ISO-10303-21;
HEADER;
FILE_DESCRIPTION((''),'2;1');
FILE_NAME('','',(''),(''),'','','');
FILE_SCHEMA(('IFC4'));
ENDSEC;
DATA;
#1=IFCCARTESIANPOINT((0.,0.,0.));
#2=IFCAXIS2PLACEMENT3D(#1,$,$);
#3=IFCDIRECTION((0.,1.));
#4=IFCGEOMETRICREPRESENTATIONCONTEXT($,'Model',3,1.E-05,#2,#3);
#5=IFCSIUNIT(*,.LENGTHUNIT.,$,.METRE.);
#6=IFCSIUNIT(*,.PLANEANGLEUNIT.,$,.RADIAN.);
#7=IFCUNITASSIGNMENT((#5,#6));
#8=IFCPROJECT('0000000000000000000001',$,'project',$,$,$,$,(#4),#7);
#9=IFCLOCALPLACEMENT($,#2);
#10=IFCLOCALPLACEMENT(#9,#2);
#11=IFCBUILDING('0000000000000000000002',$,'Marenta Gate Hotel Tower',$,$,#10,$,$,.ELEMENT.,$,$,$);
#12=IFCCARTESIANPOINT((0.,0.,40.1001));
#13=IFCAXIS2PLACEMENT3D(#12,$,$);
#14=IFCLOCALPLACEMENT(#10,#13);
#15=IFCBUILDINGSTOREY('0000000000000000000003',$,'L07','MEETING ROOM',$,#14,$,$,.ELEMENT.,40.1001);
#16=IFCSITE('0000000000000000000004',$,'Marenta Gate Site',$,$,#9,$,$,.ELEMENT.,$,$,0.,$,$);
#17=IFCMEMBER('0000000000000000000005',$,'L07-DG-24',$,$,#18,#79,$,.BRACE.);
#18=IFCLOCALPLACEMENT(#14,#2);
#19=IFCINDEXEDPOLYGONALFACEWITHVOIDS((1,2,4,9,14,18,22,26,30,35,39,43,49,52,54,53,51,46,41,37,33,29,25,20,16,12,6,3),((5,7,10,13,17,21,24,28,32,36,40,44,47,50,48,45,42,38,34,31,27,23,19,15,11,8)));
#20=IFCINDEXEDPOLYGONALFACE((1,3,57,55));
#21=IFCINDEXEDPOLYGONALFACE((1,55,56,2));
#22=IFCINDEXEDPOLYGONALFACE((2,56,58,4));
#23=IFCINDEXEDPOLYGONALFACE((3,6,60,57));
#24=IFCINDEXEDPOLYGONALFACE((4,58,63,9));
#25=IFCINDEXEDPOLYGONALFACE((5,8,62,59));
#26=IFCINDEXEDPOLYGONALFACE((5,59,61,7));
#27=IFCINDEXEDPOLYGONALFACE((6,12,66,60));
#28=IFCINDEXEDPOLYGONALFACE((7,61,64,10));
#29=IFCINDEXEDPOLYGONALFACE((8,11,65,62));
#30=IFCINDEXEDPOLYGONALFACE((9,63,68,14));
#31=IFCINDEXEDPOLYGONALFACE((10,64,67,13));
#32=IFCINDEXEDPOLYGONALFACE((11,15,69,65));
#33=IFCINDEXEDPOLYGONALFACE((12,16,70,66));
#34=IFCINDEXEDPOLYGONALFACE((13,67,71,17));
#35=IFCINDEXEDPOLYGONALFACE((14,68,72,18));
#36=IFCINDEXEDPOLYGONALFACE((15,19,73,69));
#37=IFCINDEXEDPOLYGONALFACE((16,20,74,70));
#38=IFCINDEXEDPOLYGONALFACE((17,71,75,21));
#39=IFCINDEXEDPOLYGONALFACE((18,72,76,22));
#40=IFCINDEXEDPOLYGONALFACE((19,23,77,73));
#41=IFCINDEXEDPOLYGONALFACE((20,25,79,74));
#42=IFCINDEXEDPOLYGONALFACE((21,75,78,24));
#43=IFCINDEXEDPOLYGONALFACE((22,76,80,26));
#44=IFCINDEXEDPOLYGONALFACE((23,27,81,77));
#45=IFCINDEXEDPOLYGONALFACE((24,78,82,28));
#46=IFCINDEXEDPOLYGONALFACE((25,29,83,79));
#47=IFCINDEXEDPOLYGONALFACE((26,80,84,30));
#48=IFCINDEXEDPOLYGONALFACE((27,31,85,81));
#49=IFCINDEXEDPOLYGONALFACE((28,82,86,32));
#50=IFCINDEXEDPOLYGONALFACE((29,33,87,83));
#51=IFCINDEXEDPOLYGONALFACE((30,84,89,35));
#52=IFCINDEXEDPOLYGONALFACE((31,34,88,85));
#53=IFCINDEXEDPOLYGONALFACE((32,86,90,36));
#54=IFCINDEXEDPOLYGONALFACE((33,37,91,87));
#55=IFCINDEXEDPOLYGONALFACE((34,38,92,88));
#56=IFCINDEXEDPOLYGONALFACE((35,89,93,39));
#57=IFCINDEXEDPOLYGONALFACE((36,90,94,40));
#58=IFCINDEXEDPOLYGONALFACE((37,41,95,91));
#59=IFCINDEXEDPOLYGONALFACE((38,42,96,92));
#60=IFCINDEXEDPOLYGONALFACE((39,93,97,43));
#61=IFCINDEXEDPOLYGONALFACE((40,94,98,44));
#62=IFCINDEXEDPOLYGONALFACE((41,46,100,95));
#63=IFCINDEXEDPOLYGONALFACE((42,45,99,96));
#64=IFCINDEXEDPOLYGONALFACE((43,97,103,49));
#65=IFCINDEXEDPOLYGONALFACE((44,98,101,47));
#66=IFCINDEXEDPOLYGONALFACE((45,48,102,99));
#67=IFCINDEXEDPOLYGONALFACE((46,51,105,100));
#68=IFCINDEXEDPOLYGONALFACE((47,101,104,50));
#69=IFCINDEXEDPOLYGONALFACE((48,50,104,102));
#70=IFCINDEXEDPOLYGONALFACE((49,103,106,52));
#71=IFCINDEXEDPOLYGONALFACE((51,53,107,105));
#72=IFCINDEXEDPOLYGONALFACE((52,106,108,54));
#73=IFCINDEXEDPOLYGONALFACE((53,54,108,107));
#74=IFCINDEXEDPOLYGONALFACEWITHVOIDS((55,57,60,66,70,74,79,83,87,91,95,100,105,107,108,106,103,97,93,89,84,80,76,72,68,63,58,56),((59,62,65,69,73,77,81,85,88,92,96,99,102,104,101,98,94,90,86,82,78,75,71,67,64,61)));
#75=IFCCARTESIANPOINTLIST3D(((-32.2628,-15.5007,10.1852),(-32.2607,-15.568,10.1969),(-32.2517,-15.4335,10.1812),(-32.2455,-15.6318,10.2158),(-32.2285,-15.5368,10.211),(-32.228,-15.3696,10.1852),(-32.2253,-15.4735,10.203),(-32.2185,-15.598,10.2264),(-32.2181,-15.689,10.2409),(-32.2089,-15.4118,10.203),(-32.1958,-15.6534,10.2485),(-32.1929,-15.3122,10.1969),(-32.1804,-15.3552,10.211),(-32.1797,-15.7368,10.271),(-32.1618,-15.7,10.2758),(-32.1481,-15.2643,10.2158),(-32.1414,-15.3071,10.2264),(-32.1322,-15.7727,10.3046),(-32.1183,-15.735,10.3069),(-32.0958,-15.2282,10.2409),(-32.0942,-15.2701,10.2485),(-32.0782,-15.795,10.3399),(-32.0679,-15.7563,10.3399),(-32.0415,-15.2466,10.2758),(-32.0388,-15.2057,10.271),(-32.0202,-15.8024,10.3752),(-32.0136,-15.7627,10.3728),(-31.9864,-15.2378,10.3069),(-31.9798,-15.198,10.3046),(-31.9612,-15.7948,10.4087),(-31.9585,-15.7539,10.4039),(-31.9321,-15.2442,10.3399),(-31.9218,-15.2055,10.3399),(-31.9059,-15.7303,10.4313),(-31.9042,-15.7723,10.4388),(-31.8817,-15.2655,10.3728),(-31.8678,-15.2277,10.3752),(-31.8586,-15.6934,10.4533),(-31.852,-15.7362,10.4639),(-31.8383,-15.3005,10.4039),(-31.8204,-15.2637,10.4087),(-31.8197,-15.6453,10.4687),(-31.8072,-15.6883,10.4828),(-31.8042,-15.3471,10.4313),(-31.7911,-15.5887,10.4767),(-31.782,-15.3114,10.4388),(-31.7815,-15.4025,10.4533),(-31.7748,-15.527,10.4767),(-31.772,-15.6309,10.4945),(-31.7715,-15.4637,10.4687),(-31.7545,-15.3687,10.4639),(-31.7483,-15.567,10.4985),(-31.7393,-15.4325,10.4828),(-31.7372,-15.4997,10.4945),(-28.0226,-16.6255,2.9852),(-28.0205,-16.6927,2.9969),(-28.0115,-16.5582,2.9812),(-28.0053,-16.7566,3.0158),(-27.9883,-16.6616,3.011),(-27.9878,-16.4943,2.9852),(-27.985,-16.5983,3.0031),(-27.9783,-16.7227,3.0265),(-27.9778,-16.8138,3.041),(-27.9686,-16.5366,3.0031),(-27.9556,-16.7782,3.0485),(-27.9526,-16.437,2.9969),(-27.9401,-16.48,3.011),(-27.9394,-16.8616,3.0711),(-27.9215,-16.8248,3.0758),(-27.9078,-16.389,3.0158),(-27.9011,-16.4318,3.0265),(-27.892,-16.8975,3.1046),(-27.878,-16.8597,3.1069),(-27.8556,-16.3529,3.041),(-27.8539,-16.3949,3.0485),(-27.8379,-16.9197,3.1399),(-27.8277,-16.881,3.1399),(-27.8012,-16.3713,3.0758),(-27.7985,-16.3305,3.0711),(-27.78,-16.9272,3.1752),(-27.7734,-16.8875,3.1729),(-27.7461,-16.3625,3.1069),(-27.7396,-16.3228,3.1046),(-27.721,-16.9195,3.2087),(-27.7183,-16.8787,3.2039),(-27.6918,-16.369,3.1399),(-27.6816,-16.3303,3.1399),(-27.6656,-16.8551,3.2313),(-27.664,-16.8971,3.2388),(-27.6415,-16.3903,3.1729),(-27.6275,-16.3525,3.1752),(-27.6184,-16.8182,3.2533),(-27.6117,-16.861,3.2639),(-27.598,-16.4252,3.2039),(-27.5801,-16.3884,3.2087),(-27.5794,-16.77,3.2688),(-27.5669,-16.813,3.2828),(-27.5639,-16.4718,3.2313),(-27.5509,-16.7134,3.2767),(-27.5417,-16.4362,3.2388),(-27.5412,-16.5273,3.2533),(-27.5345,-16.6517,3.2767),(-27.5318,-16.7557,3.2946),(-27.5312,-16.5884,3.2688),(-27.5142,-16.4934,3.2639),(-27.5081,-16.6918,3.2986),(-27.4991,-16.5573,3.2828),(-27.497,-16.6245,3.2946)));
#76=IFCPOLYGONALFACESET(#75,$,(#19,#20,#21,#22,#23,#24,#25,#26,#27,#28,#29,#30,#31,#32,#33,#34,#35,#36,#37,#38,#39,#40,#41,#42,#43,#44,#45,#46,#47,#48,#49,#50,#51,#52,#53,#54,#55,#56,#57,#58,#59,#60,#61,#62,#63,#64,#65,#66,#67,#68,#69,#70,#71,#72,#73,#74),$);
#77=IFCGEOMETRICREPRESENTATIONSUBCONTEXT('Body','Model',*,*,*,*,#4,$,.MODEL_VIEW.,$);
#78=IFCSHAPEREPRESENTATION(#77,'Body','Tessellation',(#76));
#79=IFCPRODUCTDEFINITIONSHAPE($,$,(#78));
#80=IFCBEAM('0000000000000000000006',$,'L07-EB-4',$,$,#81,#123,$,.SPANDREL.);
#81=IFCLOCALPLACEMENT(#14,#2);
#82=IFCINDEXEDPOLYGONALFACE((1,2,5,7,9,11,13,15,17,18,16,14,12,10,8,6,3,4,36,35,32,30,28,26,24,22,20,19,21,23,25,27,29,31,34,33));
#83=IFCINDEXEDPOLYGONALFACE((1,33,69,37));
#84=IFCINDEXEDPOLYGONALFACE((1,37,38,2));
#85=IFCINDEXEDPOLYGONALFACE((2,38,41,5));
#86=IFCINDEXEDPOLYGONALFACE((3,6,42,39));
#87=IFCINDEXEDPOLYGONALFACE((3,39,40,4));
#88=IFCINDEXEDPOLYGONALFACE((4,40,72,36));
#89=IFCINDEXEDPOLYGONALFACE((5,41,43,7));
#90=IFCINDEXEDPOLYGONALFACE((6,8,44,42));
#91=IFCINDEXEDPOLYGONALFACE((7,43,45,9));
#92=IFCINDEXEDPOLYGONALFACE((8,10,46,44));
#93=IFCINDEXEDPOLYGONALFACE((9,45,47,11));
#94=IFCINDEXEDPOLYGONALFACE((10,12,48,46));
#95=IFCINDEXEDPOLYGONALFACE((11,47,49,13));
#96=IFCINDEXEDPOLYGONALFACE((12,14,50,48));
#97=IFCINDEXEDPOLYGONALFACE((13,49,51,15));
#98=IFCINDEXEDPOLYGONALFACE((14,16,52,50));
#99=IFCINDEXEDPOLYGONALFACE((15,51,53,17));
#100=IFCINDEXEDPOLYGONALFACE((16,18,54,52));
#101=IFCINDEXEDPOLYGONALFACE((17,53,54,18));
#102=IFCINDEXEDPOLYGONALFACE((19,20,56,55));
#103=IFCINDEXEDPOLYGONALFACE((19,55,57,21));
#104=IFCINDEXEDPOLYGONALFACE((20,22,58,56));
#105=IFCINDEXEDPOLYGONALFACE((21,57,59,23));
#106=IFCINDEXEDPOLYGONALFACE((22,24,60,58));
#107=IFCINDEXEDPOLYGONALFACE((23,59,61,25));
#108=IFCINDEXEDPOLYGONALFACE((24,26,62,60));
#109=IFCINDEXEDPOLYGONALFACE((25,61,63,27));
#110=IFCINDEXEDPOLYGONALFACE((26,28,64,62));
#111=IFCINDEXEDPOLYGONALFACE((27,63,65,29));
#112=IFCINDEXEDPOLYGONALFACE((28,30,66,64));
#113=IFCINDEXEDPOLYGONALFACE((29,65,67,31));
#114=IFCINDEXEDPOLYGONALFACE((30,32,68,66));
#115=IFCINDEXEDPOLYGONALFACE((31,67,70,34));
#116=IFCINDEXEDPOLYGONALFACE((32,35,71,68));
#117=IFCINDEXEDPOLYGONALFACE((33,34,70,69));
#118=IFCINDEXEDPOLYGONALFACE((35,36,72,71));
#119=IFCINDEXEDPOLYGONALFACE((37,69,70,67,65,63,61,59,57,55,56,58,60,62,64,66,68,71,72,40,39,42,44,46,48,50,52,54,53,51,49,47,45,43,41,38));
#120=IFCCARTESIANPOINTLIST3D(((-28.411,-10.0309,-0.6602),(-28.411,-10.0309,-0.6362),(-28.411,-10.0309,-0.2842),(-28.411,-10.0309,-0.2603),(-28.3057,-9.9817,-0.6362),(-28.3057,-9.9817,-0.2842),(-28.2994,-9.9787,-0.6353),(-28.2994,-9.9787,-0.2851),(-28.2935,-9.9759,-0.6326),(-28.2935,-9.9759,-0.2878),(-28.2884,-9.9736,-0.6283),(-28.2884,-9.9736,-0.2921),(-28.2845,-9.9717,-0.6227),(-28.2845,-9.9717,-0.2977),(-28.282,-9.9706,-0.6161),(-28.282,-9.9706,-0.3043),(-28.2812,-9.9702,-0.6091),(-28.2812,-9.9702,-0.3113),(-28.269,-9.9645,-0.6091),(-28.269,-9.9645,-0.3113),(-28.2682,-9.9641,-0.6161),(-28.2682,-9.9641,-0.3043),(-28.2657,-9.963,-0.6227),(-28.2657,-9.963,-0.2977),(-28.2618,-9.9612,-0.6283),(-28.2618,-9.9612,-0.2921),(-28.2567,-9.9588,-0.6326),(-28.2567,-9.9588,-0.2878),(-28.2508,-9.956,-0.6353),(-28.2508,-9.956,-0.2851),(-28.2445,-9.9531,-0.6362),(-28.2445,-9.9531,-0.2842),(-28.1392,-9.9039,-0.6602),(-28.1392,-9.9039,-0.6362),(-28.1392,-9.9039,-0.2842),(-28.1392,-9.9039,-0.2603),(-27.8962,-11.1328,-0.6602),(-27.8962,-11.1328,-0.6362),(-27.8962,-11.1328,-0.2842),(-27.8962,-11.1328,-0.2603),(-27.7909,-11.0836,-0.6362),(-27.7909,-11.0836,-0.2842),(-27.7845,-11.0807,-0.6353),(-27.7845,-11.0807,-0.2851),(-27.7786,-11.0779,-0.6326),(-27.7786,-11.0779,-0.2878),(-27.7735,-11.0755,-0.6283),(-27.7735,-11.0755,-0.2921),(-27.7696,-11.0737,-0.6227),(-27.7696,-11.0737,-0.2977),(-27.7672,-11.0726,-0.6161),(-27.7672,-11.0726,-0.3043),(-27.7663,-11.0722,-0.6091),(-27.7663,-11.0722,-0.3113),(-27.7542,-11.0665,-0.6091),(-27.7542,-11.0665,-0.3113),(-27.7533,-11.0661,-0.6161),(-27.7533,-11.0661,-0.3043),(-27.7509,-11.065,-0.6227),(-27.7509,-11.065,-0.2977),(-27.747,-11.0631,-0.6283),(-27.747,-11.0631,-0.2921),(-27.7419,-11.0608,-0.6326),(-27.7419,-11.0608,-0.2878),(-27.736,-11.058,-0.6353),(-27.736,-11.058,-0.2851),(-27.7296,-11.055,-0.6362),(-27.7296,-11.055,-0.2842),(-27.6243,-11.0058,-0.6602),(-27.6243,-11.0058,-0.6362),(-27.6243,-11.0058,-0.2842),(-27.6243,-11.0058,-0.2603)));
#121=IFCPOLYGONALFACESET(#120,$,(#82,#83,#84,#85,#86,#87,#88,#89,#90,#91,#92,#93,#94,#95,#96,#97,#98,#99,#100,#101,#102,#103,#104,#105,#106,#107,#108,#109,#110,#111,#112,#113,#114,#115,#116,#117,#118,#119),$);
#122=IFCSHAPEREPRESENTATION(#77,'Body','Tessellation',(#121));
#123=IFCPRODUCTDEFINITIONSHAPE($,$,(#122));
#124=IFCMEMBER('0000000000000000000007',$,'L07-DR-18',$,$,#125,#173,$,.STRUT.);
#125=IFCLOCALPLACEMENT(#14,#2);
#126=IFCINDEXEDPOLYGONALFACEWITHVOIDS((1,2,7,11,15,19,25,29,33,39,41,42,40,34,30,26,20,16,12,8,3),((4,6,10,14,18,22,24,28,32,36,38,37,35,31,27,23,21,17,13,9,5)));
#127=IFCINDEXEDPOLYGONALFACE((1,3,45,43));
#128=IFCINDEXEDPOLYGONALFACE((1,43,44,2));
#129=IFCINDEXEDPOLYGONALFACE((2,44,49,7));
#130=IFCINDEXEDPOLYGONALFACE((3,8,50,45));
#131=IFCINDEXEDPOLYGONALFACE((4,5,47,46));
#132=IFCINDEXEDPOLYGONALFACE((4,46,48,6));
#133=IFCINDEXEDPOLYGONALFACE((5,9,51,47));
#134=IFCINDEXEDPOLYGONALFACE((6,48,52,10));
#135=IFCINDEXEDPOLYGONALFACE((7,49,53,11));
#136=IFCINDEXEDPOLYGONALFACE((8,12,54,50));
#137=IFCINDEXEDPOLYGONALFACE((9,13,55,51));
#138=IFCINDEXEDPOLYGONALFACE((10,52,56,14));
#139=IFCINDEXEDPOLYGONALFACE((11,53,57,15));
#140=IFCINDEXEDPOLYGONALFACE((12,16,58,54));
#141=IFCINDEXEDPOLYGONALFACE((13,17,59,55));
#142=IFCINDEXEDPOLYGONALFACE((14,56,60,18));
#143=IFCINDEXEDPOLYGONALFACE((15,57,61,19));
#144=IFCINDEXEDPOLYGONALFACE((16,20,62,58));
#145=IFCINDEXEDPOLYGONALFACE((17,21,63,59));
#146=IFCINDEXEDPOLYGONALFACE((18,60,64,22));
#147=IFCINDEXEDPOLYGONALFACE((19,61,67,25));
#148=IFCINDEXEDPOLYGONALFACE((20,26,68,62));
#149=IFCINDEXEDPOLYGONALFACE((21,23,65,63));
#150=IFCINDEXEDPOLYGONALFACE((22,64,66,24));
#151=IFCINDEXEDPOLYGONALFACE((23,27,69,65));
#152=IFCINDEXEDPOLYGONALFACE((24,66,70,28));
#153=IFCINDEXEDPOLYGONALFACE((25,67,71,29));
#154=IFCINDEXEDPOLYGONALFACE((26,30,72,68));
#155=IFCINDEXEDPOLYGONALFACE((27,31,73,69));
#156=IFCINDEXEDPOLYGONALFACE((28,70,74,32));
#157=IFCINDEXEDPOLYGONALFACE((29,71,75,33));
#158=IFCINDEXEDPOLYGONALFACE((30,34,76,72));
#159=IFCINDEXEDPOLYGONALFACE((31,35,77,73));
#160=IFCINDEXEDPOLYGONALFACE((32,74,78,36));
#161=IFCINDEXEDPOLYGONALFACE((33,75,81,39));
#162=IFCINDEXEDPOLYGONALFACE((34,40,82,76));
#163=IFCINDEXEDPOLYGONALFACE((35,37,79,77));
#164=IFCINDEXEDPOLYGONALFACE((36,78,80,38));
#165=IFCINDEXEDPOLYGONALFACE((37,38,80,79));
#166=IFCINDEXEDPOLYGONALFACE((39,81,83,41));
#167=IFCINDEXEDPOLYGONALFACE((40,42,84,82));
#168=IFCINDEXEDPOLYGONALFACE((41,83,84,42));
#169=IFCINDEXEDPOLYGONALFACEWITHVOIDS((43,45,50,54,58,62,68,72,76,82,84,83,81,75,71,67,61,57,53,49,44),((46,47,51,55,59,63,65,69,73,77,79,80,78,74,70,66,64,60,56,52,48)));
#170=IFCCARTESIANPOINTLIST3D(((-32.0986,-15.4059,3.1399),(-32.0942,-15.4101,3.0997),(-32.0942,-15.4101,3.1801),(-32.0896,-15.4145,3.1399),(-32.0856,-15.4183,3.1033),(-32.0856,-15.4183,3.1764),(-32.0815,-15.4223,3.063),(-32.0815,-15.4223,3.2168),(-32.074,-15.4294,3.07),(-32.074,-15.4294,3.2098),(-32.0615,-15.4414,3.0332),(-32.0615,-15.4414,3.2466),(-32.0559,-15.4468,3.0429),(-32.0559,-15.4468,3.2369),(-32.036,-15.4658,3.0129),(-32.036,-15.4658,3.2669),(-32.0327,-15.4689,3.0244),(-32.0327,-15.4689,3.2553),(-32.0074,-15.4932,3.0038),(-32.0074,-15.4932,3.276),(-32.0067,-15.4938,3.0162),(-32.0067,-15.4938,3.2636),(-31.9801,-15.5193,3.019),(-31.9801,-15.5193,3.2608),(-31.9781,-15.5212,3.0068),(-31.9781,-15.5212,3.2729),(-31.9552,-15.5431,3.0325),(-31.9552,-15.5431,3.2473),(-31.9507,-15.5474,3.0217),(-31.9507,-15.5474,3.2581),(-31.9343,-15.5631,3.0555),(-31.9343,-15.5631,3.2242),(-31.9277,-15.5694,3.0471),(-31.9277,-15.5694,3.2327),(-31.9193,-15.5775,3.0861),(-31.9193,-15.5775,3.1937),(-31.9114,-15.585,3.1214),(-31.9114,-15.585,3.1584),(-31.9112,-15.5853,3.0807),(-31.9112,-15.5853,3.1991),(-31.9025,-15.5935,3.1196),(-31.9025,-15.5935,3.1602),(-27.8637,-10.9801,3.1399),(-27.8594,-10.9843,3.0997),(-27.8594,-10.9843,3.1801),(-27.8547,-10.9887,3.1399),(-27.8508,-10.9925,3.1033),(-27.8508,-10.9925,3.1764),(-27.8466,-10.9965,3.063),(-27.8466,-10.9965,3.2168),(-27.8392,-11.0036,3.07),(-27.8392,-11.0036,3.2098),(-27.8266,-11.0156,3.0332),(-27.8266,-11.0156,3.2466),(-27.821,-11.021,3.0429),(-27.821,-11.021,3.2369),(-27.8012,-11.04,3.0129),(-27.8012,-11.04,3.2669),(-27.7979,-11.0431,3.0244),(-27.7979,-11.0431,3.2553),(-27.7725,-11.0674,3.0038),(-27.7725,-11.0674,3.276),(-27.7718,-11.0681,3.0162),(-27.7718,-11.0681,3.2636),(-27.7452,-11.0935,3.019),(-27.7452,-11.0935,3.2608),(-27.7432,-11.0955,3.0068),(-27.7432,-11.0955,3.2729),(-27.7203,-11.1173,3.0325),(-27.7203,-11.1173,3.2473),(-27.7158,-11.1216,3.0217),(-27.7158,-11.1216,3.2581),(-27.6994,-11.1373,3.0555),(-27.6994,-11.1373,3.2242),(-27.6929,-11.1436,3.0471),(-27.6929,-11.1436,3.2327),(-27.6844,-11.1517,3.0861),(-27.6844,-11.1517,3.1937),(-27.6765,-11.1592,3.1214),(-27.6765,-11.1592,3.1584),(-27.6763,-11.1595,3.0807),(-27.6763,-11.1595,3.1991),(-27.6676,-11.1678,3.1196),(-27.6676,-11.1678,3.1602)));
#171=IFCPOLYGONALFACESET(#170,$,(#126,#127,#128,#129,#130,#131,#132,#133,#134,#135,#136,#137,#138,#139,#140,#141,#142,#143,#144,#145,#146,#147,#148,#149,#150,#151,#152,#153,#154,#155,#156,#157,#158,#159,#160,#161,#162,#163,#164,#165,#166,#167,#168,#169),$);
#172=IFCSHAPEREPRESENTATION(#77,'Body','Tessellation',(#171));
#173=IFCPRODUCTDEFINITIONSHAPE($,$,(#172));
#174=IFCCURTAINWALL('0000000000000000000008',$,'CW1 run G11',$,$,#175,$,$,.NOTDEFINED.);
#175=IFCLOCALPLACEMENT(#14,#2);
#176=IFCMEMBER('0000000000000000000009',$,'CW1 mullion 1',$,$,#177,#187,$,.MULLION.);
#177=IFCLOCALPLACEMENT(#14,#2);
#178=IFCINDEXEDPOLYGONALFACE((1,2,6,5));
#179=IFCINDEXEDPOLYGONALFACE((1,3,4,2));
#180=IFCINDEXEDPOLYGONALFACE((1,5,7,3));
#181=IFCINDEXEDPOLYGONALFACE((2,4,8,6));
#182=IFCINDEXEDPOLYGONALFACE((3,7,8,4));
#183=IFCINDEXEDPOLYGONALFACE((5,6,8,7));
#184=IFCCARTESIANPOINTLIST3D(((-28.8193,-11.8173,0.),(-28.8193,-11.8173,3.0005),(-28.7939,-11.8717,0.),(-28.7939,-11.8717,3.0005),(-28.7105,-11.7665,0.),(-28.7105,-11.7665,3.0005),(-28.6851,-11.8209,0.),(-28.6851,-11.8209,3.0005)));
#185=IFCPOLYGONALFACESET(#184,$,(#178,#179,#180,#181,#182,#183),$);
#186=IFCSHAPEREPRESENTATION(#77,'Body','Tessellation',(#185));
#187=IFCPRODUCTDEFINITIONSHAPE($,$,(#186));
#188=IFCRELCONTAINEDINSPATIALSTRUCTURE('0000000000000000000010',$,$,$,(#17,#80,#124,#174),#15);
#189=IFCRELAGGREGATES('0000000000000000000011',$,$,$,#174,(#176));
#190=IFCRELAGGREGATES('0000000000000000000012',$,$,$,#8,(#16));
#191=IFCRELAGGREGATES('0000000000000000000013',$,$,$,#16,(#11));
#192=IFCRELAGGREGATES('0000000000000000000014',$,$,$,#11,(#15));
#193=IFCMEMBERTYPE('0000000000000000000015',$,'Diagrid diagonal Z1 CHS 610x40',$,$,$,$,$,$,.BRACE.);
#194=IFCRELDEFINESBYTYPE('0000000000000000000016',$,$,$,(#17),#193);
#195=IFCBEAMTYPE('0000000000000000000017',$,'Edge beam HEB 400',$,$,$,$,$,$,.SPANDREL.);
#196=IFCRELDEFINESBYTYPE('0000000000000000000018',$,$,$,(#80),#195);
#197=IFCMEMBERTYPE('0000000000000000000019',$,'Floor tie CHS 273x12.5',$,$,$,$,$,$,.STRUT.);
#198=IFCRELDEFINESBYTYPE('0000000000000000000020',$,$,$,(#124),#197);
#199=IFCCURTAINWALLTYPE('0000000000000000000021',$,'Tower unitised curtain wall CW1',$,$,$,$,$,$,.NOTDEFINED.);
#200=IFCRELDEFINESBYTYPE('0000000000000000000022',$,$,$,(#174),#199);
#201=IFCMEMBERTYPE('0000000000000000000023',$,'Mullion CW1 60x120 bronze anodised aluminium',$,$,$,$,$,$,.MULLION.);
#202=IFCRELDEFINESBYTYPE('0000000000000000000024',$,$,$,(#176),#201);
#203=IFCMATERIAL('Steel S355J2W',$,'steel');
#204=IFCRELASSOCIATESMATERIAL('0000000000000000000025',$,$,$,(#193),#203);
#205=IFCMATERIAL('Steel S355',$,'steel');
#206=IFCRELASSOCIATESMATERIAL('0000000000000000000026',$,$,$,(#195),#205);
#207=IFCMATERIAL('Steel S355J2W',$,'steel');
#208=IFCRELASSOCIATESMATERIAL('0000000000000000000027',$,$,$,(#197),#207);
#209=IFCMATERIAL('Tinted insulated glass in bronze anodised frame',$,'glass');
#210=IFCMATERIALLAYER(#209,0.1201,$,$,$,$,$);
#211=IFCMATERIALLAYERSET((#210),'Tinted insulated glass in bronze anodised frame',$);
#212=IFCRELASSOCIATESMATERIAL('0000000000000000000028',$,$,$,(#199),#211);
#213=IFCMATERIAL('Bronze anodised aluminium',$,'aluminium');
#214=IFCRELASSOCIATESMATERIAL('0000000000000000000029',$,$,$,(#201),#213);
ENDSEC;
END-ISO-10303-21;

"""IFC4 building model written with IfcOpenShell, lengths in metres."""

from ifc_helpers import new_model, si_unit, direction, frame, origin, origin_2d, place, context, subcontext, project, spatial, rectangle, hollow_circle, i_section, extrude, material, layer, layer_set, material_profile, profile_set, type_object, element, aggregate, save


model = new_model("IFC4")

# Units and contexts
model_context = context("Model", 3, precision=1e-05, world=origin(), true_north=direction((0.0, 1.0)))
body_context = subcontext(model_context, "Body", "Model", "MODEL_VIEW")
ifc_project = project(units=[si_unit("LENGTHUNIT", "METRE"), si_unit("PLANEANGLEUNIT", "RADIAN")], contexts=[model_context])

# Site, building, storey
site_placement = place(None, origin())
site = spatial("IfcSite", under=ifc_project, at=site_placement, Name="Marenta Gate Site", CompositionType="ELEMENT", RefElevation=0.0)
building_placement = place(site_placement, origin())
building = spatial("IfcBuilding", under=site, at=building_placement, Name="Marenta Gate Hotel Tower", CompositionType="ELEMENT")
storey_placement = place(building_placement, frame((0.0, 0.0, 40.1001)))
storey = spatial("IfcBuildingStorey", under=building, at=storey_placement, Name="L07", Description="MEETING ROOM", CompositionType="ELEMENT", Elevation=40.1001)

# Member
ifc_material_1 = material(Name="Steel S355J2W", Category="steel")
ifc_material_profile_1 = material_profile(ifc_material_1, hollow_circle(Radius=0.3049, WallThickness=0.04, at=origin_2d()), Name="CHS 610x40")
ifc_profile_set_1 = profile_set([ifc_material_profile_1], Name="Steel S355J2W")
member_type_1 = type_object("IfcMemberType", Name="Diagrid diagonal Z1 CHS 610x40", PredefinedType="BRACE", material=ifc_profile_set_1)
for number, where, z_axis, x_axis, name in (
    (1, (-27.7598, -16.625, 3.1399), (-0.502926, 0.133405, 0.853972), (-0.256391, -0.966573, 0.0), "L07-DG-24"),
):
    element("IfcMember", number, at=place(storey_placement, frame(where, z_axis=z_axis, x_axis=x_axis)), inside=storey, type_object=member_type_1, Name=name, PredefinedType="BRACE", context=body_context, shape_type="SweptSolid", body=[
        extrude(hollow_circle(Radius=0.3049, WallThickness=0.04, at=origin_2d()), origin(), (0.0, 0.0, 1.0), 8.4312),
    ])

# Beam
ifc_material_2 = material(Name="Steel S355", Category="steel")
ifc_material_profile_2 = material_profile(ifc_material_2, i_section(OverallWidth=0.3, OverallDepth=0.3999, WebThickness=0.0134, FlangeThickness=0.0239, FilletRadius=0.0271, at=origin_2d()), Name="HEB 400")
ifc_profile_set_2 = profile_set([ifc_material_profile_2], Name="Steel S355")
beam_type = type_object("IfcBeamType", Name="Edge beam HEB 400", PredefinedType="SPANDREL", material=ifc_profile_set_2)
beam_placement = place(storey_placement, frame((-27.7603, -11.0693, -0.4602), z_axis=(-0.423292, 0.905993, 0.0), x_axis=(-0.905993, -0.423292, 0.0)))
element("IfcBeam", 2, at=beam_placement, inside=storey, type_object=beam_type, Name="L07-EB-4", PredefinedType="SPANDREL", context=body_context, shape_type="SweptSolid", body=[
    extrude(i_section(OverallWidth=0.3, OverallDepth=0.3999, WebThickness=0.0134, FlangeThickness=0.0239, FilletRadius=0.0271, at=origin_2d()), origin(), (0.0, 0.0, 1.0), 1.2163),
])

# Member
ifc_material_3 = material(Name="Steel S355J2W", Category="steel")
ifc_material_profile_3 = material_profile(ifc_material_3, hollow_circle(Radius=0.1365, WallThickness=0.0125, at=origin_2d()), Name="CHS 273x12.5")
ifc_profile_set_3 = profile_set([ifc_material_profile_3], Name="Steel S355J2W")
member_type_2 = type_object("IfcMemberType", Name="Floor tie CHS 273x12.5", PredefinedType="STRUT", material=ifc_profile_set_3)
member_1_placement = place(storey_placement, frame((-32.0, -15.5002, 3.1399), z_axis=(0.691351, 0.722519, 0.0), x_axis=(-0.722519, 0.691351, 0.0)))
element("IfcMember", 3, at=member_1_placement, inside=storey, type_object=member_type_2, Name="L07-DR-18", PredefinedType="STRUT", context=body_context, shape_type="SweptSolid", body=[
    extrude(hollow_circle(Radius=0.1365, WallThickness=0.0125, at=origin_2d()), origin(), (0.0, 0.0, 1.0), 6.1255),
])

# Curtain wall, member
ifc_material_4 = material(Name="Tinted insulated glass in bronze anodised frame", Category="glass")
ifc_layer_1 = layer(ifc_material_4, 0.1201)
ifc_layer_set_1 = layer_set([ifc_layer_1], Name="Tinted insulated glass in bronze anodised frame")
curtain_wall_type = type_object("IfcCurtainWallType", Name="Tower unitised curtain wall CW1", PredefinedType="NOTDEFINED", material=ifc_layer_set_1)
curtain_wall_1_placement = place(storey_placement, origin())
curtain_wall_1 = element("IfcCurtainWall", 4, at=curtain_wall_1_placement, inside=storey, type_object=curtain_wall_type, Name="CW1 run G11", PredefinedType="NOTDEFINED")
ifc_material_5 = material(Name="Bronze anodised aluminium", Category="aluminium")
ifc_material_profile_4 = material_profile(ifc_material_5, rectangle(XDim=0.1201, YDim=0.0601, at=origin_2d()), Name="Mullion CW1 60x120 bronze anodised aluminium")
ifc_profile_set_4 = profile_set([ifc_material_profile_4], Name="Bronze anodised aluminium")
member_type_3 = type_object("IfcMemberType", Name="Mullion CW1 60x120 bronze anodised aluminium", PredefinedType="MULLION", material=ifc_profile_set_4)
member_2_placement = place(storey_placement, frame((-28.7522, -11.8191, 0.0), z_axis=(0.0, 0.0, 1.0), x_axis=(0.906004, 0.423268, 0.0)))
member_2 = element("IfcMember", 5, at=member_2_placement, type_object=member_type_3, Name="CW1 mullion 1", PredefinedType="MULLION", context=body_context, shape_type="SweptSolid", body=[
    extrude(rectangle(XDim=0.1201, YDim=0.0601, at=origin_2d()), origin(), (0.0, 0.0, 1.0), 3.0005),
])

aggregate(curtain_wall_1, [member_2])

save(model, "model.ifc")
